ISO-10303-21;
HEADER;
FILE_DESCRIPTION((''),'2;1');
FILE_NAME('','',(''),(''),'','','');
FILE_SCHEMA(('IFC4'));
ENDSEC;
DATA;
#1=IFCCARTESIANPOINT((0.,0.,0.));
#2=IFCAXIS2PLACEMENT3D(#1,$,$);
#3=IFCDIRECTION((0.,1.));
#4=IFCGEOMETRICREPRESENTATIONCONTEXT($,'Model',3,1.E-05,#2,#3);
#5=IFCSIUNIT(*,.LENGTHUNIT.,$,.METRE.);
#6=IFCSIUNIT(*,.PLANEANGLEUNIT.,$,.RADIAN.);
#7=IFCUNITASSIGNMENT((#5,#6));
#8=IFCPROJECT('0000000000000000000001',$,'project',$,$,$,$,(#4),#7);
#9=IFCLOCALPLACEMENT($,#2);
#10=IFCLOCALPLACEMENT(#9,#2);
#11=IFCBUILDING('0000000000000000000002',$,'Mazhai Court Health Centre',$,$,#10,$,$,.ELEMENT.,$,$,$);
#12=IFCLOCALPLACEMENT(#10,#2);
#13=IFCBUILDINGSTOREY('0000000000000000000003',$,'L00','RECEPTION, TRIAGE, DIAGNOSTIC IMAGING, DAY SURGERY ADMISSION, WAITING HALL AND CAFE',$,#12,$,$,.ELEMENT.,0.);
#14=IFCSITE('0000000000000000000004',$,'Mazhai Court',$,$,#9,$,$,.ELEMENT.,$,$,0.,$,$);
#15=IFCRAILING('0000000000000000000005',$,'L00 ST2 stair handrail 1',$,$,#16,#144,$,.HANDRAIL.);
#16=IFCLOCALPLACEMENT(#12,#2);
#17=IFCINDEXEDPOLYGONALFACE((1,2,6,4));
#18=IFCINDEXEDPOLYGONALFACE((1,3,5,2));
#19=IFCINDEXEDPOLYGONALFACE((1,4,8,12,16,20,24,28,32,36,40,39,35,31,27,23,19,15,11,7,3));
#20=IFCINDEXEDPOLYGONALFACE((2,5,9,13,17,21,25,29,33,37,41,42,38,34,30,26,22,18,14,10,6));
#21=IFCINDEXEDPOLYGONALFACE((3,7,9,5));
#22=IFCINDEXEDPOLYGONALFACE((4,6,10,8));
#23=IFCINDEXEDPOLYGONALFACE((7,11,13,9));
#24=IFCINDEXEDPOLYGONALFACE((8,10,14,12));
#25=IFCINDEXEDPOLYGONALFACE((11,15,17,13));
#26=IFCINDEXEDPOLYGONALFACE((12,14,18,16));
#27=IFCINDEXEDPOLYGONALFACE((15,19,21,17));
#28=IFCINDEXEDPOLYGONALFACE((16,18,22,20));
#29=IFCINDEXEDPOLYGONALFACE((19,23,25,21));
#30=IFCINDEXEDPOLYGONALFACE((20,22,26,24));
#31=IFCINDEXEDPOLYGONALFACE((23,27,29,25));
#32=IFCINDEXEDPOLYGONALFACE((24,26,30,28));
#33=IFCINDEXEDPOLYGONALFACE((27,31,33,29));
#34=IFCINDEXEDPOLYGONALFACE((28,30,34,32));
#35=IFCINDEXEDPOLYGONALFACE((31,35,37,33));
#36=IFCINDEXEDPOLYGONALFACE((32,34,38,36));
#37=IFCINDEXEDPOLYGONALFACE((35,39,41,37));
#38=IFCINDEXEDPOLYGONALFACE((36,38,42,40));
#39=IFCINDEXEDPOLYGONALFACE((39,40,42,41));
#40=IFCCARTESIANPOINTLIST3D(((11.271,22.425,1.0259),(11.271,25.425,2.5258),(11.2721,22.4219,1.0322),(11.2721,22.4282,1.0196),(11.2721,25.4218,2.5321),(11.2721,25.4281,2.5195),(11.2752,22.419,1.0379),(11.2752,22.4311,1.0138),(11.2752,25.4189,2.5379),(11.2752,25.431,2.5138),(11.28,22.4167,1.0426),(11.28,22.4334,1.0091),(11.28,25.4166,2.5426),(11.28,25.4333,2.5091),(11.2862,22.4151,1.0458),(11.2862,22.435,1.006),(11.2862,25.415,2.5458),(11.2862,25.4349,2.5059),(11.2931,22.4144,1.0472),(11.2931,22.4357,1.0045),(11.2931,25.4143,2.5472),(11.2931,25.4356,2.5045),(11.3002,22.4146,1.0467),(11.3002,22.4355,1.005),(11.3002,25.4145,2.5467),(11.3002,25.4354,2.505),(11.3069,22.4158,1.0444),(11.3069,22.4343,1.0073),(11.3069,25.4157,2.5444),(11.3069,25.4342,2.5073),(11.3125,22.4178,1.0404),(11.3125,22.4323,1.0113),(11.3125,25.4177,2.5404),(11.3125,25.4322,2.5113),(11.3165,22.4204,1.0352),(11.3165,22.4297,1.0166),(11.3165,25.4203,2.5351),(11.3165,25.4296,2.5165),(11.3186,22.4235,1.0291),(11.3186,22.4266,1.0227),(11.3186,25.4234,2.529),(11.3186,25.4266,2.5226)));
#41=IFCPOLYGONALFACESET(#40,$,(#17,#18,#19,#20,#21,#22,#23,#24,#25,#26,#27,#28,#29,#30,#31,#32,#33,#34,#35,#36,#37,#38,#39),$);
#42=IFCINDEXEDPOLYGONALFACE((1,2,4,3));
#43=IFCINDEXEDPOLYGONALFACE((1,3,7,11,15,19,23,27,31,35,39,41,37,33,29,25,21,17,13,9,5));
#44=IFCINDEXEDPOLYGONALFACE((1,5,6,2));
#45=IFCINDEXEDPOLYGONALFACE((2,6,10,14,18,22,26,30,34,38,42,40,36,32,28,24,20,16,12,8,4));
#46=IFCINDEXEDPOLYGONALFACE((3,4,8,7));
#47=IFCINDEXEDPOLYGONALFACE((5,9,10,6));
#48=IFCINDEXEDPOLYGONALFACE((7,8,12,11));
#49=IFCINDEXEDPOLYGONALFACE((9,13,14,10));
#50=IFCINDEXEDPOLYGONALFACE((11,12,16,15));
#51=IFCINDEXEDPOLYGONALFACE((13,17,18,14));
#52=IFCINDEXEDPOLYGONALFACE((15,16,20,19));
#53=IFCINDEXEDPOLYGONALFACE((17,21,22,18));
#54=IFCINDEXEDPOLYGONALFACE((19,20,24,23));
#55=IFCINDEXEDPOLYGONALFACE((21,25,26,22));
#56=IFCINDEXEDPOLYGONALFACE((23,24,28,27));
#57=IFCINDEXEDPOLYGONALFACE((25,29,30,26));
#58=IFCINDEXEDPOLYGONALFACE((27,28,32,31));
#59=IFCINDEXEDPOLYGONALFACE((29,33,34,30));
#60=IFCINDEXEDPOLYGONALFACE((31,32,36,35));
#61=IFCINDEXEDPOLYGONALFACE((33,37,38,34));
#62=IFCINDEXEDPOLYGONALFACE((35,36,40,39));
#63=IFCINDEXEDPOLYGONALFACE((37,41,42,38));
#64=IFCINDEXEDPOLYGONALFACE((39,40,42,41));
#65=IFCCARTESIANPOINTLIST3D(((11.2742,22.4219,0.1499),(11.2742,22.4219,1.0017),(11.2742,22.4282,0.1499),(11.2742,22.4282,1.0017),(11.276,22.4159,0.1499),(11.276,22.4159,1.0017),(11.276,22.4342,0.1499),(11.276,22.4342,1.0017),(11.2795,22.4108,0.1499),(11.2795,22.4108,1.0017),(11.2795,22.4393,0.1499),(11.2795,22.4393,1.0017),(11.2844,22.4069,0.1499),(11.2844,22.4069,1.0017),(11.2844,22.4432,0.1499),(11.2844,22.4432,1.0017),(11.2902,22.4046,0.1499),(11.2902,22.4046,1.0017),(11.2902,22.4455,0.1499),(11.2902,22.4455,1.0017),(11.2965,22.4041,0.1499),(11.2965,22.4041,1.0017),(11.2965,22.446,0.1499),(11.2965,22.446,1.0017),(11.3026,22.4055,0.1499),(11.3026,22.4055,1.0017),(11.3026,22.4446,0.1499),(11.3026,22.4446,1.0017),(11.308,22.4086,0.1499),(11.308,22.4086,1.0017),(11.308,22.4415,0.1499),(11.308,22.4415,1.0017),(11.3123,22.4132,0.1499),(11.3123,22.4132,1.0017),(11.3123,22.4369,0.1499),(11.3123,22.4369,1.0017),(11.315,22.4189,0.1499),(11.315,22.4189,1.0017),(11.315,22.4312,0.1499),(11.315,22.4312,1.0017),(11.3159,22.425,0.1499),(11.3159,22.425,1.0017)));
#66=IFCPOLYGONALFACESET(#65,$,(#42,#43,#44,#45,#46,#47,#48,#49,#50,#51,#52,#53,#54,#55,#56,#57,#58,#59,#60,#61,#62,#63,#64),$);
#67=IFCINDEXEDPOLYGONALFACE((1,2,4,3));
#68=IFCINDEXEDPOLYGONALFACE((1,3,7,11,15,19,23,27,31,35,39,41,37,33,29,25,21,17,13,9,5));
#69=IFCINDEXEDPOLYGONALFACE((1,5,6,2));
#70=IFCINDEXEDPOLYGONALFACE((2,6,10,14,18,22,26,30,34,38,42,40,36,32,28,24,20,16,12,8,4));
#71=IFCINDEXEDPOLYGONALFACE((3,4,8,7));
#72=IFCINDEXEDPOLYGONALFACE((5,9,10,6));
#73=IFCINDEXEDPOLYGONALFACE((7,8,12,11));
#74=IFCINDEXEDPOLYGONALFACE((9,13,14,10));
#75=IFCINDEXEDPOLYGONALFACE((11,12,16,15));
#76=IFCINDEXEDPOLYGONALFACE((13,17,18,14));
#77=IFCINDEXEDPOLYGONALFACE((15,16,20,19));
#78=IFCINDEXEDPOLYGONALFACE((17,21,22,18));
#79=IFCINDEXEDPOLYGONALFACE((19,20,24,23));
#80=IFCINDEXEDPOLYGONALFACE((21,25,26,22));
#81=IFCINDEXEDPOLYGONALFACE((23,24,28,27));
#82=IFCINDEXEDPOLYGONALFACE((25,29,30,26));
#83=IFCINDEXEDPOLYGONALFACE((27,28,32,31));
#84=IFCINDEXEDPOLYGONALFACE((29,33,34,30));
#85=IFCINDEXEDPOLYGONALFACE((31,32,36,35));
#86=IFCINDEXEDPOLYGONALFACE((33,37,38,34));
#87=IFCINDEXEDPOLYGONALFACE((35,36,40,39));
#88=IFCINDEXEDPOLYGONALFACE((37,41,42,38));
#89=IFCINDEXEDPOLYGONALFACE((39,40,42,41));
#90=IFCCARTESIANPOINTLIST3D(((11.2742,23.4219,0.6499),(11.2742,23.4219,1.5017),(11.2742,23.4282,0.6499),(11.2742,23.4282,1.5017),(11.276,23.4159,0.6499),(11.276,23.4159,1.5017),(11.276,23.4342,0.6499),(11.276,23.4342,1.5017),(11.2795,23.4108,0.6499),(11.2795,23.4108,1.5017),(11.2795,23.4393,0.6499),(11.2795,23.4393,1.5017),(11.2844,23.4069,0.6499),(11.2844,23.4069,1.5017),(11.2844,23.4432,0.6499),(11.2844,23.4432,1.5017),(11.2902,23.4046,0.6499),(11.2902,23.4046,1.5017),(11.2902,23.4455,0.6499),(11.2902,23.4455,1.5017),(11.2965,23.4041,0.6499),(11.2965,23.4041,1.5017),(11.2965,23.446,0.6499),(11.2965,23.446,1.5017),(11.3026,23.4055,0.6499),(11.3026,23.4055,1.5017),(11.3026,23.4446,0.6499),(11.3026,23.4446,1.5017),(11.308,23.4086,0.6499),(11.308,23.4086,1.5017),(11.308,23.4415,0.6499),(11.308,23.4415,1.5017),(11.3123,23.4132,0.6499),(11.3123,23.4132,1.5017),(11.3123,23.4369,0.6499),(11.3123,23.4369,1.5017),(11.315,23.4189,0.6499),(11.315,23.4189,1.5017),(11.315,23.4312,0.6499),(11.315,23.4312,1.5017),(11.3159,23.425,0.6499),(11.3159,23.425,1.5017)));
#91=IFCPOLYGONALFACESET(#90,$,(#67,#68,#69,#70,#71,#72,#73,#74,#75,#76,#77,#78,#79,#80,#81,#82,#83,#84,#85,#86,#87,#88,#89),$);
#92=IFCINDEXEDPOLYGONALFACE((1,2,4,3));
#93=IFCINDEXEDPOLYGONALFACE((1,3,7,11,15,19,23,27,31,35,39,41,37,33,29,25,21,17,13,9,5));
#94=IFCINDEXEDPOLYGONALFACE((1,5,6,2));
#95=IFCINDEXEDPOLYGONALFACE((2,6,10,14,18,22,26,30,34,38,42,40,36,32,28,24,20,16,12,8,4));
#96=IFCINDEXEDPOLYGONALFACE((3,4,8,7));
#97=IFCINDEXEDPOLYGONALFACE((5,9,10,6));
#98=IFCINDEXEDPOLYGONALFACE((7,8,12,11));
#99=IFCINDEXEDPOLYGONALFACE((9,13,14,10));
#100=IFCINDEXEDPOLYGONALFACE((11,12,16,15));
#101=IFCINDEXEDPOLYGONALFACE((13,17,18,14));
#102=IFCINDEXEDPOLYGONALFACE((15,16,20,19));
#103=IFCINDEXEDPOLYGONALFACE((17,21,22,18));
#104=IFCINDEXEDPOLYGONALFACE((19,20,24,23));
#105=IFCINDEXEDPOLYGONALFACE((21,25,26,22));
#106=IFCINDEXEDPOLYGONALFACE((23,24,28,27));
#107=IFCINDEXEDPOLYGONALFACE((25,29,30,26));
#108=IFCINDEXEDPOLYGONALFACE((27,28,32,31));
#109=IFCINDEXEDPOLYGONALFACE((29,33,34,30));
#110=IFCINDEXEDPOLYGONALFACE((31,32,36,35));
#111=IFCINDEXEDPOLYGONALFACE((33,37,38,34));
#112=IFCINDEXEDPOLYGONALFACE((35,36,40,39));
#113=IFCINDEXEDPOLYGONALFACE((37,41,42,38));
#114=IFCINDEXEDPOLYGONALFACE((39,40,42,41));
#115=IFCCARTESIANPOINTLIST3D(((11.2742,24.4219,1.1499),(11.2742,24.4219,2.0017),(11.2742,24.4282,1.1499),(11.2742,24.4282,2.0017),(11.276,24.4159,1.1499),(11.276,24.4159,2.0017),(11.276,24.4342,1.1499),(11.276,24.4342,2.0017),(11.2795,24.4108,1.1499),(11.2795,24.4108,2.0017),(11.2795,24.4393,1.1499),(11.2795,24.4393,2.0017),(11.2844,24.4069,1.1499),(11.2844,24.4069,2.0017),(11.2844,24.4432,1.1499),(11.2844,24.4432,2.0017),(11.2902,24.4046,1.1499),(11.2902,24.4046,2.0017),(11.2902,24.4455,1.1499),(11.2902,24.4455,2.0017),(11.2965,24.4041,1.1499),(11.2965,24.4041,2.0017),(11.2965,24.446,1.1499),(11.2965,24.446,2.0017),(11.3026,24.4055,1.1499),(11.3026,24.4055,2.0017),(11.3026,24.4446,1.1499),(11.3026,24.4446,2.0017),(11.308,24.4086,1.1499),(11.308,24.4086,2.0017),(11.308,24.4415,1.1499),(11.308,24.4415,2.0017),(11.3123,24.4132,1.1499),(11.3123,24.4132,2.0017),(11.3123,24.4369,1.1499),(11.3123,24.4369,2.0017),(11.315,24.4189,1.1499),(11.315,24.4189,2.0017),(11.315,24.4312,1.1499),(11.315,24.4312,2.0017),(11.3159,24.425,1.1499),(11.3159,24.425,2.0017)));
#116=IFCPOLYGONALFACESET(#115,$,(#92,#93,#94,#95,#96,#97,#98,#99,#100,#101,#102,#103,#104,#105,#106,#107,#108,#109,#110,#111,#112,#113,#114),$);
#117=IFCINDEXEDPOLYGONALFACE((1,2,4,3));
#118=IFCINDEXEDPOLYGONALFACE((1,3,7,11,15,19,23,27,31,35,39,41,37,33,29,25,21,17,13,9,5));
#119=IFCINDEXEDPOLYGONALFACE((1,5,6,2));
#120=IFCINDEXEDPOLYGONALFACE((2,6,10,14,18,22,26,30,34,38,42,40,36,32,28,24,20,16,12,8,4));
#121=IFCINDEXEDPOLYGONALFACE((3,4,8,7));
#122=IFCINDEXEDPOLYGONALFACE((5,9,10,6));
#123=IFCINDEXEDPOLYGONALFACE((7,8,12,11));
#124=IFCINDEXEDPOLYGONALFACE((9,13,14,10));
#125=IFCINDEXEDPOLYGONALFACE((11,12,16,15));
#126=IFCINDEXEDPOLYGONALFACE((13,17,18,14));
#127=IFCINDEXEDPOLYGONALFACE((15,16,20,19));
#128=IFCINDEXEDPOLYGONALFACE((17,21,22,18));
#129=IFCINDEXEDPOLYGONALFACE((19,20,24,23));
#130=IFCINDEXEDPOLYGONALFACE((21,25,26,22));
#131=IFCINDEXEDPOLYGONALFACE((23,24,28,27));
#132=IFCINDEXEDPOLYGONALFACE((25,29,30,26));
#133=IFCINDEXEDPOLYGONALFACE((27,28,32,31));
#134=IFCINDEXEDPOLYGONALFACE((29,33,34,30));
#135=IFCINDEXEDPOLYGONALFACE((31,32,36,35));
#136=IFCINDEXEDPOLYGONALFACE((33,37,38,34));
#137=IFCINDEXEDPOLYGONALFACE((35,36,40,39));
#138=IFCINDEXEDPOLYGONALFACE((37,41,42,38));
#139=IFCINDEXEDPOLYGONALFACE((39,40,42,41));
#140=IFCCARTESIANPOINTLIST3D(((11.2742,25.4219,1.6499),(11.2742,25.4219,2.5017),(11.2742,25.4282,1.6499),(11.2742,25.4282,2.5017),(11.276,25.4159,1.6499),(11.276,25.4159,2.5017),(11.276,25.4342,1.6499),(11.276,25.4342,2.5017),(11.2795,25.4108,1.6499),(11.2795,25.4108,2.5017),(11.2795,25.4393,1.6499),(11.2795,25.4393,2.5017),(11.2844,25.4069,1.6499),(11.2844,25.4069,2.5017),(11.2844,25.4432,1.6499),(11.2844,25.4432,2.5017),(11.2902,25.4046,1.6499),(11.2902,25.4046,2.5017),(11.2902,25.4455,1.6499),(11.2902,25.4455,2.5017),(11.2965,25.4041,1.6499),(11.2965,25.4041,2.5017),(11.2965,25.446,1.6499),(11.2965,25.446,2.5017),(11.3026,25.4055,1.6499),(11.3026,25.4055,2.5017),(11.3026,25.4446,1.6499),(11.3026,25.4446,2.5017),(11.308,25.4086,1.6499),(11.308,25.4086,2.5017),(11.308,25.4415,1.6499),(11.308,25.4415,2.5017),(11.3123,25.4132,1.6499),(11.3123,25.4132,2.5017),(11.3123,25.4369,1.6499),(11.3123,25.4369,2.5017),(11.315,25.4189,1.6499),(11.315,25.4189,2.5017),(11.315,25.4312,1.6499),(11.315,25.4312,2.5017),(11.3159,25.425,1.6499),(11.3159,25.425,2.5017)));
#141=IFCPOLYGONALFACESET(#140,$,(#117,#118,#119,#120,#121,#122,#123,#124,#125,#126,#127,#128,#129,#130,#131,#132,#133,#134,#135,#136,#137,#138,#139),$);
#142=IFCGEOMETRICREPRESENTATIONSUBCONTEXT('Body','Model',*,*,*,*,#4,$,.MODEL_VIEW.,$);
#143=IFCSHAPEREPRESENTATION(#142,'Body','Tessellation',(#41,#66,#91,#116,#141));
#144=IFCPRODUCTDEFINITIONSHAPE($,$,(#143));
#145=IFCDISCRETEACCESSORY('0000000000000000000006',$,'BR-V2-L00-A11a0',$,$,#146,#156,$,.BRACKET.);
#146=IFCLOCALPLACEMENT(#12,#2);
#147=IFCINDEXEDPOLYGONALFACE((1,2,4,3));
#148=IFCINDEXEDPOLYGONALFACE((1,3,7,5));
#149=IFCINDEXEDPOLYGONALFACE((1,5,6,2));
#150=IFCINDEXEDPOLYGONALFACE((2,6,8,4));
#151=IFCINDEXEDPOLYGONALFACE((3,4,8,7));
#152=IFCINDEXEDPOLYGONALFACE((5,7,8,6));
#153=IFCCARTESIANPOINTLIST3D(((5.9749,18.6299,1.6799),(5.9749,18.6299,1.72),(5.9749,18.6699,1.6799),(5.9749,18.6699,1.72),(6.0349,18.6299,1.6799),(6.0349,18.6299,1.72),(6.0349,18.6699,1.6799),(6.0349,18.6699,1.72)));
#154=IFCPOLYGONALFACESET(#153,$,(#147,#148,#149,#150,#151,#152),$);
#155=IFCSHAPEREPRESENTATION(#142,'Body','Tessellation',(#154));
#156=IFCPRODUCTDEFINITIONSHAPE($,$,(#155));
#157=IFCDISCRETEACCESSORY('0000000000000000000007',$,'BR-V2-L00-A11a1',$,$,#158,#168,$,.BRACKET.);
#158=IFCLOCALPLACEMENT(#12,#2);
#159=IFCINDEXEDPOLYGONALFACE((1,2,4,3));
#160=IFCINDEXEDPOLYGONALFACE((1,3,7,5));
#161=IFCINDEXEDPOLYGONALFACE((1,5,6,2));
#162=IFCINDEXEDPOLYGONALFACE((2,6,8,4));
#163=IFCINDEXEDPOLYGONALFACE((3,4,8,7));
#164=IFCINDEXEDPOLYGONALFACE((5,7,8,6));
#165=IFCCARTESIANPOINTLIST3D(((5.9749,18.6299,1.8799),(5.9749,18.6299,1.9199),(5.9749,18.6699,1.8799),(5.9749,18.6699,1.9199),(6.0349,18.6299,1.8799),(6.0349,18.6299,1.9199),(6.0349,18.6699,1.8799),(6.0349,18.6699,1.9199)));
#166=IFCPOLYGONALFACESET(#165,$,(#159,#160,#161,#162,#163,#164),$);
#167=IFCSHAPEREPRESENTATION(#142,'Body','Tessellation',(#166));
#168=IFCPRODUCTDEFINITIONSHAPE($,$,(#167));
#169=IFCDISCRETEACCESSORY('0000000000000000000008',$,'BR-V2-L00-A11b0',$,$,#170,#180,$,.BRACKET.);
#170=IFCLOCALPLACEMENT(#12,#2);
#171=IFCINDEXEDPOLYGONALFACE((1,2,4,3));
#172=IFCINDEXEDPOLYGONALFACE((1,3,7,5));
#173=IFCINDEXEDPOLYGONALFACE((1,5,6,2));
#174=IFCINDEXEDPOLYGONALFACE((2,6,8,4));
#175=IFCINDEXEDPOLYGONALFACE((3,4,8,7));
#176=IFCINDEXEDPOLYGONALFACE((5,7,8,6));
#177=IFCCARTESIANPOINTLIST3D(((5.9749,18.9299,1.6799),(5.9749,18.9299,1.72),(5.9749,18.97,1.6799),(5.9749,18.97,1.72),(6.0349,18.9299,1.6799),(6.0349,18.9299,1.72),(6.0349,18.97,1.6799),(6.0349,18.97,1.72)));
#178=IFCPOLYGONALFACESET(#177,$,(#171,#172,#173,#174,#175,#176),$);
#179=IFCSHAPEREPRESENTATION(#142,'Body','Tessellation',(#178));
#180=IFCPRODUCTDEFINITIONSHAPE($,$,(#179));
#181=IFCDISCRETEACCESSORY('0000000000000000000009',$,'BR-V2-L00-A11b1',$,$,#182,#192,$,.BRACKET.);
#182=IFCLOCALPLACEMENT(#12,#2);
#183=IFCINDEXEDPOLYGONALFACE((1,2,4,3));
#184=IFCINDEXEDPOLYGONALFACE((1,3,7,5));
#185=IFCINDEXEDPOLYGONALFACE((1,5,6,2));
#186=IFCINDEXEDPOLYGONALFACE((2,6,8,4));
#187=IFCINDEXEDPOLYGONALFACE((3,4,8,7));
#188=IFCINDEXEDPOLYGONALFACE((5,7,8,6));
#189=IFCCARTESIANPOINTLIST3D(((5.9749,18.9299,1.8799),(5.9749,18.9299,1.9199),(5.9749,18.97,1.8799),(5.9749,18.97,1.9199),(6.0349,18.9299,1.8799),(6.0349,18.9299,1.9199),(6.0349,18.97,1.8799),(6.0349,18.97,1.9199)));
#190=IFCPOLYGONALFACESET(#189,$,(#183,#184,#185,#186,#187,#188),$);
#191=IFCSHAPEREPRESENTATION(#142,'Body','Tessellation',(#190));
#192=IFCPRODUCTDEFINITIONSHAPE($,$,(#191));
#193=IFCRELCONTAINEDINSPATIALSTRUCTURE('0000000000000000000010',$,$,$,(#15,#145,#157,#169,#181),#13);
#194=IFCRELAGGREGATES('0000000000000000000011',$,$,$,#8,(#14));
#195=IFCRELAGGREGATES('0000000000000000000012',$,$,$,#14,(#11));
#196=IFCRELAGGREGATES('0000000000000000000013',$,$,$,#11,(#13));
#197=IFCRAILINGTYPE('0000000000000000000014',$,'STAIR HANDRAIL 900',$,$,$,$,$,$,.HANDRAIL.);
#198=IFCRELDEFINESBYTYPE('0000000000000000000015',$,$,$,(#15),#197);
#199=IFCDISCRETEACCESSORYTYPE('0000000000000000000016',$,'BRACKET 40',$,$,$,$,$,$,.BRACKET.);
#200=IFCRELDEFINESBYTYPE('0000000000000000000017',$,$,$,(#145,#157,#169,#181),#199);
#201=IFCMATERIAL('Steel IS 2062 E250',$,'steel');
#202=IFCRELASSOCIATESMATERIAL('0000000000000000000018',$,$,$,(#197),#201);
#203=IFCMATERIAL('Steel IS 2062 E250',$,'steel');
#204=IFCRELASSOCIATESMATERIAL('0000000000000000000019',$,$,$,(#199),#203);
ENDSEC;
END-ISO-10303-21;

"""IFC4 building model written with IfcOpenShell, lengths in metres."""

from ifc_helpers import new_model, si_unit, direction, frame, origin, origin_2d, place, context, subcontext, project, spatial, rectangle, circle, extrude, material, type_object, element, save


model = new_model("IFC4")

# Units and contexts
model_context = context("Model", 3, precision=1e-05, world=origin(), true_north=direction((0.0, 1.0)))
body_context = subcontext(model_context, "Body", "Model", "MODEL_VIEW")
ifc_project = project(units=[si_unit("LENGTHUNIT", "METRE"), si_unit("PLANEANGLEUNIT", "RADIAN")], contexts=[model_context])

# Site, building, storey
site_placement = place(None, origin())
site = spatial("IfcSite", under=ifc_project, at=site_placement, Name="Mazhai Court", CompositionType="ELEMENT", RefElevation=0.0)
building_placement = place(site_placement, origin())
building = spatial("IfcBuilding", under=site, at=building_placement, Name="Mazhai Court Health Centre", CompositionType="ELEMENT")
storey_placement = place(building_placement, origin())
storey = spatial("IfcBuildingStorey", under=building, at=storey_placement, Name="L00", Description="RECEPTION, TRIAGE, DIAGNOSTIC IMAGING, DAY SURGERY ADMISSION, WAITING HALL AND CAFE", CompositionType="ELEMENT", Elevation=0.0)

# Railing
ifc_material_1 = material(Name="Steel IS 2062 E250", Category="steel")
railing_type_1 = type_object("IfcRailingType", Name="STAIR HANDRAIL 900", PredefinedType="HANDRAIL", material=ifc_material_1)
railing_1_placement = place(storey_placement, frame((11.2949, 22.425, 0.1499)))
element("IfcRailing", 1, at=railing_1_placement, inside=storey, type_object=railing_type_1, Name="L00 ST2 stair handrail 1", PredefinedType="HANDRAIL", context=body_context, shape_type="SweptSolid", body=[
    extrude(circle(Radius=0.0239, at=origin_2d()), frame((0.0, 0.0, 0.876), z_axis=(0.0, 0.894427, 0.447214), x_axis=(-1.0, 0.0, 0.0)), (0.0, 0.0, 1.0), 3.354),
    extrude(circle(Radius=0.021, at=origin_2d()), origin(), (0.0, 0.0, 1.0), 0.8518),
    extrude(circle(Radius=0.021, at=origin_2d()), frame((0.0, 1.0, 0.5)), (0.0, 0.0, 1.0), 0.8518),
    extrude(circle(Radius=0.021, at=origin_2d()), frame((0.0, 2.0, 1.0)), (0.0, 0.0, 1.0), 0.8518),
    extrude(circle(Radius=0.021, at=origin_2d()), frame((0.0, 3.0, 1.5)), (0.0, 0.0, 1.0), 0.8518),
])

# Discrete accessories
ifc_material_2 = material(Name="Steel IS 2062 E250", Category="steel")
discrete_accessory_type = type_object("IfcDiscreteAccessoryType", Name="BRACKET 40", PredefinedType="BRACKET", material=ifc_material_2)
for number, where, z_axis, x_axis, name in (
    (2, (6.0049, 18.6499, 1.6799), (0.0, 0.0, 1.0), (0.0, 1.0, 0.0), "BR-V2-L00-A11a0"),
    (3, (6.0049, 18.6499, 1.8799), (0.0, 0.0, 1.0), (0.0, 1.0, 0.0), "BR-V2-L00-A11a1"),
    (4, (6.0049, 18.95, 1.6799), (0.0, 0.0, 1.0), (0.0, 1.0, 0.0), "BR-V2-L00-A11b0"),
    (5, (6.0049, 18.95, 1.8799), (0.0, 0.0, 1.0), (0.0, 1.0, 0.0), "BR-V2-L00-A11b1"),
):
    element("IfcDiscreteAccessory", number, at=place(storey_placement, frame(where, z_axis=z_axis, x_axis=x_axis)), inside=storey, type_object=discrete_accessory_type, Name=name, PredefinedType="BRACKET", context=body_context, shape_type="SweptSolid", body=[
        extrude(rectangle(XDim=0.04, YDim=0.0601, at=origin_2d()), origin(), (0.0, 0.0, 1.0), 0.04),
    ])

save(model, "model.ifc")
